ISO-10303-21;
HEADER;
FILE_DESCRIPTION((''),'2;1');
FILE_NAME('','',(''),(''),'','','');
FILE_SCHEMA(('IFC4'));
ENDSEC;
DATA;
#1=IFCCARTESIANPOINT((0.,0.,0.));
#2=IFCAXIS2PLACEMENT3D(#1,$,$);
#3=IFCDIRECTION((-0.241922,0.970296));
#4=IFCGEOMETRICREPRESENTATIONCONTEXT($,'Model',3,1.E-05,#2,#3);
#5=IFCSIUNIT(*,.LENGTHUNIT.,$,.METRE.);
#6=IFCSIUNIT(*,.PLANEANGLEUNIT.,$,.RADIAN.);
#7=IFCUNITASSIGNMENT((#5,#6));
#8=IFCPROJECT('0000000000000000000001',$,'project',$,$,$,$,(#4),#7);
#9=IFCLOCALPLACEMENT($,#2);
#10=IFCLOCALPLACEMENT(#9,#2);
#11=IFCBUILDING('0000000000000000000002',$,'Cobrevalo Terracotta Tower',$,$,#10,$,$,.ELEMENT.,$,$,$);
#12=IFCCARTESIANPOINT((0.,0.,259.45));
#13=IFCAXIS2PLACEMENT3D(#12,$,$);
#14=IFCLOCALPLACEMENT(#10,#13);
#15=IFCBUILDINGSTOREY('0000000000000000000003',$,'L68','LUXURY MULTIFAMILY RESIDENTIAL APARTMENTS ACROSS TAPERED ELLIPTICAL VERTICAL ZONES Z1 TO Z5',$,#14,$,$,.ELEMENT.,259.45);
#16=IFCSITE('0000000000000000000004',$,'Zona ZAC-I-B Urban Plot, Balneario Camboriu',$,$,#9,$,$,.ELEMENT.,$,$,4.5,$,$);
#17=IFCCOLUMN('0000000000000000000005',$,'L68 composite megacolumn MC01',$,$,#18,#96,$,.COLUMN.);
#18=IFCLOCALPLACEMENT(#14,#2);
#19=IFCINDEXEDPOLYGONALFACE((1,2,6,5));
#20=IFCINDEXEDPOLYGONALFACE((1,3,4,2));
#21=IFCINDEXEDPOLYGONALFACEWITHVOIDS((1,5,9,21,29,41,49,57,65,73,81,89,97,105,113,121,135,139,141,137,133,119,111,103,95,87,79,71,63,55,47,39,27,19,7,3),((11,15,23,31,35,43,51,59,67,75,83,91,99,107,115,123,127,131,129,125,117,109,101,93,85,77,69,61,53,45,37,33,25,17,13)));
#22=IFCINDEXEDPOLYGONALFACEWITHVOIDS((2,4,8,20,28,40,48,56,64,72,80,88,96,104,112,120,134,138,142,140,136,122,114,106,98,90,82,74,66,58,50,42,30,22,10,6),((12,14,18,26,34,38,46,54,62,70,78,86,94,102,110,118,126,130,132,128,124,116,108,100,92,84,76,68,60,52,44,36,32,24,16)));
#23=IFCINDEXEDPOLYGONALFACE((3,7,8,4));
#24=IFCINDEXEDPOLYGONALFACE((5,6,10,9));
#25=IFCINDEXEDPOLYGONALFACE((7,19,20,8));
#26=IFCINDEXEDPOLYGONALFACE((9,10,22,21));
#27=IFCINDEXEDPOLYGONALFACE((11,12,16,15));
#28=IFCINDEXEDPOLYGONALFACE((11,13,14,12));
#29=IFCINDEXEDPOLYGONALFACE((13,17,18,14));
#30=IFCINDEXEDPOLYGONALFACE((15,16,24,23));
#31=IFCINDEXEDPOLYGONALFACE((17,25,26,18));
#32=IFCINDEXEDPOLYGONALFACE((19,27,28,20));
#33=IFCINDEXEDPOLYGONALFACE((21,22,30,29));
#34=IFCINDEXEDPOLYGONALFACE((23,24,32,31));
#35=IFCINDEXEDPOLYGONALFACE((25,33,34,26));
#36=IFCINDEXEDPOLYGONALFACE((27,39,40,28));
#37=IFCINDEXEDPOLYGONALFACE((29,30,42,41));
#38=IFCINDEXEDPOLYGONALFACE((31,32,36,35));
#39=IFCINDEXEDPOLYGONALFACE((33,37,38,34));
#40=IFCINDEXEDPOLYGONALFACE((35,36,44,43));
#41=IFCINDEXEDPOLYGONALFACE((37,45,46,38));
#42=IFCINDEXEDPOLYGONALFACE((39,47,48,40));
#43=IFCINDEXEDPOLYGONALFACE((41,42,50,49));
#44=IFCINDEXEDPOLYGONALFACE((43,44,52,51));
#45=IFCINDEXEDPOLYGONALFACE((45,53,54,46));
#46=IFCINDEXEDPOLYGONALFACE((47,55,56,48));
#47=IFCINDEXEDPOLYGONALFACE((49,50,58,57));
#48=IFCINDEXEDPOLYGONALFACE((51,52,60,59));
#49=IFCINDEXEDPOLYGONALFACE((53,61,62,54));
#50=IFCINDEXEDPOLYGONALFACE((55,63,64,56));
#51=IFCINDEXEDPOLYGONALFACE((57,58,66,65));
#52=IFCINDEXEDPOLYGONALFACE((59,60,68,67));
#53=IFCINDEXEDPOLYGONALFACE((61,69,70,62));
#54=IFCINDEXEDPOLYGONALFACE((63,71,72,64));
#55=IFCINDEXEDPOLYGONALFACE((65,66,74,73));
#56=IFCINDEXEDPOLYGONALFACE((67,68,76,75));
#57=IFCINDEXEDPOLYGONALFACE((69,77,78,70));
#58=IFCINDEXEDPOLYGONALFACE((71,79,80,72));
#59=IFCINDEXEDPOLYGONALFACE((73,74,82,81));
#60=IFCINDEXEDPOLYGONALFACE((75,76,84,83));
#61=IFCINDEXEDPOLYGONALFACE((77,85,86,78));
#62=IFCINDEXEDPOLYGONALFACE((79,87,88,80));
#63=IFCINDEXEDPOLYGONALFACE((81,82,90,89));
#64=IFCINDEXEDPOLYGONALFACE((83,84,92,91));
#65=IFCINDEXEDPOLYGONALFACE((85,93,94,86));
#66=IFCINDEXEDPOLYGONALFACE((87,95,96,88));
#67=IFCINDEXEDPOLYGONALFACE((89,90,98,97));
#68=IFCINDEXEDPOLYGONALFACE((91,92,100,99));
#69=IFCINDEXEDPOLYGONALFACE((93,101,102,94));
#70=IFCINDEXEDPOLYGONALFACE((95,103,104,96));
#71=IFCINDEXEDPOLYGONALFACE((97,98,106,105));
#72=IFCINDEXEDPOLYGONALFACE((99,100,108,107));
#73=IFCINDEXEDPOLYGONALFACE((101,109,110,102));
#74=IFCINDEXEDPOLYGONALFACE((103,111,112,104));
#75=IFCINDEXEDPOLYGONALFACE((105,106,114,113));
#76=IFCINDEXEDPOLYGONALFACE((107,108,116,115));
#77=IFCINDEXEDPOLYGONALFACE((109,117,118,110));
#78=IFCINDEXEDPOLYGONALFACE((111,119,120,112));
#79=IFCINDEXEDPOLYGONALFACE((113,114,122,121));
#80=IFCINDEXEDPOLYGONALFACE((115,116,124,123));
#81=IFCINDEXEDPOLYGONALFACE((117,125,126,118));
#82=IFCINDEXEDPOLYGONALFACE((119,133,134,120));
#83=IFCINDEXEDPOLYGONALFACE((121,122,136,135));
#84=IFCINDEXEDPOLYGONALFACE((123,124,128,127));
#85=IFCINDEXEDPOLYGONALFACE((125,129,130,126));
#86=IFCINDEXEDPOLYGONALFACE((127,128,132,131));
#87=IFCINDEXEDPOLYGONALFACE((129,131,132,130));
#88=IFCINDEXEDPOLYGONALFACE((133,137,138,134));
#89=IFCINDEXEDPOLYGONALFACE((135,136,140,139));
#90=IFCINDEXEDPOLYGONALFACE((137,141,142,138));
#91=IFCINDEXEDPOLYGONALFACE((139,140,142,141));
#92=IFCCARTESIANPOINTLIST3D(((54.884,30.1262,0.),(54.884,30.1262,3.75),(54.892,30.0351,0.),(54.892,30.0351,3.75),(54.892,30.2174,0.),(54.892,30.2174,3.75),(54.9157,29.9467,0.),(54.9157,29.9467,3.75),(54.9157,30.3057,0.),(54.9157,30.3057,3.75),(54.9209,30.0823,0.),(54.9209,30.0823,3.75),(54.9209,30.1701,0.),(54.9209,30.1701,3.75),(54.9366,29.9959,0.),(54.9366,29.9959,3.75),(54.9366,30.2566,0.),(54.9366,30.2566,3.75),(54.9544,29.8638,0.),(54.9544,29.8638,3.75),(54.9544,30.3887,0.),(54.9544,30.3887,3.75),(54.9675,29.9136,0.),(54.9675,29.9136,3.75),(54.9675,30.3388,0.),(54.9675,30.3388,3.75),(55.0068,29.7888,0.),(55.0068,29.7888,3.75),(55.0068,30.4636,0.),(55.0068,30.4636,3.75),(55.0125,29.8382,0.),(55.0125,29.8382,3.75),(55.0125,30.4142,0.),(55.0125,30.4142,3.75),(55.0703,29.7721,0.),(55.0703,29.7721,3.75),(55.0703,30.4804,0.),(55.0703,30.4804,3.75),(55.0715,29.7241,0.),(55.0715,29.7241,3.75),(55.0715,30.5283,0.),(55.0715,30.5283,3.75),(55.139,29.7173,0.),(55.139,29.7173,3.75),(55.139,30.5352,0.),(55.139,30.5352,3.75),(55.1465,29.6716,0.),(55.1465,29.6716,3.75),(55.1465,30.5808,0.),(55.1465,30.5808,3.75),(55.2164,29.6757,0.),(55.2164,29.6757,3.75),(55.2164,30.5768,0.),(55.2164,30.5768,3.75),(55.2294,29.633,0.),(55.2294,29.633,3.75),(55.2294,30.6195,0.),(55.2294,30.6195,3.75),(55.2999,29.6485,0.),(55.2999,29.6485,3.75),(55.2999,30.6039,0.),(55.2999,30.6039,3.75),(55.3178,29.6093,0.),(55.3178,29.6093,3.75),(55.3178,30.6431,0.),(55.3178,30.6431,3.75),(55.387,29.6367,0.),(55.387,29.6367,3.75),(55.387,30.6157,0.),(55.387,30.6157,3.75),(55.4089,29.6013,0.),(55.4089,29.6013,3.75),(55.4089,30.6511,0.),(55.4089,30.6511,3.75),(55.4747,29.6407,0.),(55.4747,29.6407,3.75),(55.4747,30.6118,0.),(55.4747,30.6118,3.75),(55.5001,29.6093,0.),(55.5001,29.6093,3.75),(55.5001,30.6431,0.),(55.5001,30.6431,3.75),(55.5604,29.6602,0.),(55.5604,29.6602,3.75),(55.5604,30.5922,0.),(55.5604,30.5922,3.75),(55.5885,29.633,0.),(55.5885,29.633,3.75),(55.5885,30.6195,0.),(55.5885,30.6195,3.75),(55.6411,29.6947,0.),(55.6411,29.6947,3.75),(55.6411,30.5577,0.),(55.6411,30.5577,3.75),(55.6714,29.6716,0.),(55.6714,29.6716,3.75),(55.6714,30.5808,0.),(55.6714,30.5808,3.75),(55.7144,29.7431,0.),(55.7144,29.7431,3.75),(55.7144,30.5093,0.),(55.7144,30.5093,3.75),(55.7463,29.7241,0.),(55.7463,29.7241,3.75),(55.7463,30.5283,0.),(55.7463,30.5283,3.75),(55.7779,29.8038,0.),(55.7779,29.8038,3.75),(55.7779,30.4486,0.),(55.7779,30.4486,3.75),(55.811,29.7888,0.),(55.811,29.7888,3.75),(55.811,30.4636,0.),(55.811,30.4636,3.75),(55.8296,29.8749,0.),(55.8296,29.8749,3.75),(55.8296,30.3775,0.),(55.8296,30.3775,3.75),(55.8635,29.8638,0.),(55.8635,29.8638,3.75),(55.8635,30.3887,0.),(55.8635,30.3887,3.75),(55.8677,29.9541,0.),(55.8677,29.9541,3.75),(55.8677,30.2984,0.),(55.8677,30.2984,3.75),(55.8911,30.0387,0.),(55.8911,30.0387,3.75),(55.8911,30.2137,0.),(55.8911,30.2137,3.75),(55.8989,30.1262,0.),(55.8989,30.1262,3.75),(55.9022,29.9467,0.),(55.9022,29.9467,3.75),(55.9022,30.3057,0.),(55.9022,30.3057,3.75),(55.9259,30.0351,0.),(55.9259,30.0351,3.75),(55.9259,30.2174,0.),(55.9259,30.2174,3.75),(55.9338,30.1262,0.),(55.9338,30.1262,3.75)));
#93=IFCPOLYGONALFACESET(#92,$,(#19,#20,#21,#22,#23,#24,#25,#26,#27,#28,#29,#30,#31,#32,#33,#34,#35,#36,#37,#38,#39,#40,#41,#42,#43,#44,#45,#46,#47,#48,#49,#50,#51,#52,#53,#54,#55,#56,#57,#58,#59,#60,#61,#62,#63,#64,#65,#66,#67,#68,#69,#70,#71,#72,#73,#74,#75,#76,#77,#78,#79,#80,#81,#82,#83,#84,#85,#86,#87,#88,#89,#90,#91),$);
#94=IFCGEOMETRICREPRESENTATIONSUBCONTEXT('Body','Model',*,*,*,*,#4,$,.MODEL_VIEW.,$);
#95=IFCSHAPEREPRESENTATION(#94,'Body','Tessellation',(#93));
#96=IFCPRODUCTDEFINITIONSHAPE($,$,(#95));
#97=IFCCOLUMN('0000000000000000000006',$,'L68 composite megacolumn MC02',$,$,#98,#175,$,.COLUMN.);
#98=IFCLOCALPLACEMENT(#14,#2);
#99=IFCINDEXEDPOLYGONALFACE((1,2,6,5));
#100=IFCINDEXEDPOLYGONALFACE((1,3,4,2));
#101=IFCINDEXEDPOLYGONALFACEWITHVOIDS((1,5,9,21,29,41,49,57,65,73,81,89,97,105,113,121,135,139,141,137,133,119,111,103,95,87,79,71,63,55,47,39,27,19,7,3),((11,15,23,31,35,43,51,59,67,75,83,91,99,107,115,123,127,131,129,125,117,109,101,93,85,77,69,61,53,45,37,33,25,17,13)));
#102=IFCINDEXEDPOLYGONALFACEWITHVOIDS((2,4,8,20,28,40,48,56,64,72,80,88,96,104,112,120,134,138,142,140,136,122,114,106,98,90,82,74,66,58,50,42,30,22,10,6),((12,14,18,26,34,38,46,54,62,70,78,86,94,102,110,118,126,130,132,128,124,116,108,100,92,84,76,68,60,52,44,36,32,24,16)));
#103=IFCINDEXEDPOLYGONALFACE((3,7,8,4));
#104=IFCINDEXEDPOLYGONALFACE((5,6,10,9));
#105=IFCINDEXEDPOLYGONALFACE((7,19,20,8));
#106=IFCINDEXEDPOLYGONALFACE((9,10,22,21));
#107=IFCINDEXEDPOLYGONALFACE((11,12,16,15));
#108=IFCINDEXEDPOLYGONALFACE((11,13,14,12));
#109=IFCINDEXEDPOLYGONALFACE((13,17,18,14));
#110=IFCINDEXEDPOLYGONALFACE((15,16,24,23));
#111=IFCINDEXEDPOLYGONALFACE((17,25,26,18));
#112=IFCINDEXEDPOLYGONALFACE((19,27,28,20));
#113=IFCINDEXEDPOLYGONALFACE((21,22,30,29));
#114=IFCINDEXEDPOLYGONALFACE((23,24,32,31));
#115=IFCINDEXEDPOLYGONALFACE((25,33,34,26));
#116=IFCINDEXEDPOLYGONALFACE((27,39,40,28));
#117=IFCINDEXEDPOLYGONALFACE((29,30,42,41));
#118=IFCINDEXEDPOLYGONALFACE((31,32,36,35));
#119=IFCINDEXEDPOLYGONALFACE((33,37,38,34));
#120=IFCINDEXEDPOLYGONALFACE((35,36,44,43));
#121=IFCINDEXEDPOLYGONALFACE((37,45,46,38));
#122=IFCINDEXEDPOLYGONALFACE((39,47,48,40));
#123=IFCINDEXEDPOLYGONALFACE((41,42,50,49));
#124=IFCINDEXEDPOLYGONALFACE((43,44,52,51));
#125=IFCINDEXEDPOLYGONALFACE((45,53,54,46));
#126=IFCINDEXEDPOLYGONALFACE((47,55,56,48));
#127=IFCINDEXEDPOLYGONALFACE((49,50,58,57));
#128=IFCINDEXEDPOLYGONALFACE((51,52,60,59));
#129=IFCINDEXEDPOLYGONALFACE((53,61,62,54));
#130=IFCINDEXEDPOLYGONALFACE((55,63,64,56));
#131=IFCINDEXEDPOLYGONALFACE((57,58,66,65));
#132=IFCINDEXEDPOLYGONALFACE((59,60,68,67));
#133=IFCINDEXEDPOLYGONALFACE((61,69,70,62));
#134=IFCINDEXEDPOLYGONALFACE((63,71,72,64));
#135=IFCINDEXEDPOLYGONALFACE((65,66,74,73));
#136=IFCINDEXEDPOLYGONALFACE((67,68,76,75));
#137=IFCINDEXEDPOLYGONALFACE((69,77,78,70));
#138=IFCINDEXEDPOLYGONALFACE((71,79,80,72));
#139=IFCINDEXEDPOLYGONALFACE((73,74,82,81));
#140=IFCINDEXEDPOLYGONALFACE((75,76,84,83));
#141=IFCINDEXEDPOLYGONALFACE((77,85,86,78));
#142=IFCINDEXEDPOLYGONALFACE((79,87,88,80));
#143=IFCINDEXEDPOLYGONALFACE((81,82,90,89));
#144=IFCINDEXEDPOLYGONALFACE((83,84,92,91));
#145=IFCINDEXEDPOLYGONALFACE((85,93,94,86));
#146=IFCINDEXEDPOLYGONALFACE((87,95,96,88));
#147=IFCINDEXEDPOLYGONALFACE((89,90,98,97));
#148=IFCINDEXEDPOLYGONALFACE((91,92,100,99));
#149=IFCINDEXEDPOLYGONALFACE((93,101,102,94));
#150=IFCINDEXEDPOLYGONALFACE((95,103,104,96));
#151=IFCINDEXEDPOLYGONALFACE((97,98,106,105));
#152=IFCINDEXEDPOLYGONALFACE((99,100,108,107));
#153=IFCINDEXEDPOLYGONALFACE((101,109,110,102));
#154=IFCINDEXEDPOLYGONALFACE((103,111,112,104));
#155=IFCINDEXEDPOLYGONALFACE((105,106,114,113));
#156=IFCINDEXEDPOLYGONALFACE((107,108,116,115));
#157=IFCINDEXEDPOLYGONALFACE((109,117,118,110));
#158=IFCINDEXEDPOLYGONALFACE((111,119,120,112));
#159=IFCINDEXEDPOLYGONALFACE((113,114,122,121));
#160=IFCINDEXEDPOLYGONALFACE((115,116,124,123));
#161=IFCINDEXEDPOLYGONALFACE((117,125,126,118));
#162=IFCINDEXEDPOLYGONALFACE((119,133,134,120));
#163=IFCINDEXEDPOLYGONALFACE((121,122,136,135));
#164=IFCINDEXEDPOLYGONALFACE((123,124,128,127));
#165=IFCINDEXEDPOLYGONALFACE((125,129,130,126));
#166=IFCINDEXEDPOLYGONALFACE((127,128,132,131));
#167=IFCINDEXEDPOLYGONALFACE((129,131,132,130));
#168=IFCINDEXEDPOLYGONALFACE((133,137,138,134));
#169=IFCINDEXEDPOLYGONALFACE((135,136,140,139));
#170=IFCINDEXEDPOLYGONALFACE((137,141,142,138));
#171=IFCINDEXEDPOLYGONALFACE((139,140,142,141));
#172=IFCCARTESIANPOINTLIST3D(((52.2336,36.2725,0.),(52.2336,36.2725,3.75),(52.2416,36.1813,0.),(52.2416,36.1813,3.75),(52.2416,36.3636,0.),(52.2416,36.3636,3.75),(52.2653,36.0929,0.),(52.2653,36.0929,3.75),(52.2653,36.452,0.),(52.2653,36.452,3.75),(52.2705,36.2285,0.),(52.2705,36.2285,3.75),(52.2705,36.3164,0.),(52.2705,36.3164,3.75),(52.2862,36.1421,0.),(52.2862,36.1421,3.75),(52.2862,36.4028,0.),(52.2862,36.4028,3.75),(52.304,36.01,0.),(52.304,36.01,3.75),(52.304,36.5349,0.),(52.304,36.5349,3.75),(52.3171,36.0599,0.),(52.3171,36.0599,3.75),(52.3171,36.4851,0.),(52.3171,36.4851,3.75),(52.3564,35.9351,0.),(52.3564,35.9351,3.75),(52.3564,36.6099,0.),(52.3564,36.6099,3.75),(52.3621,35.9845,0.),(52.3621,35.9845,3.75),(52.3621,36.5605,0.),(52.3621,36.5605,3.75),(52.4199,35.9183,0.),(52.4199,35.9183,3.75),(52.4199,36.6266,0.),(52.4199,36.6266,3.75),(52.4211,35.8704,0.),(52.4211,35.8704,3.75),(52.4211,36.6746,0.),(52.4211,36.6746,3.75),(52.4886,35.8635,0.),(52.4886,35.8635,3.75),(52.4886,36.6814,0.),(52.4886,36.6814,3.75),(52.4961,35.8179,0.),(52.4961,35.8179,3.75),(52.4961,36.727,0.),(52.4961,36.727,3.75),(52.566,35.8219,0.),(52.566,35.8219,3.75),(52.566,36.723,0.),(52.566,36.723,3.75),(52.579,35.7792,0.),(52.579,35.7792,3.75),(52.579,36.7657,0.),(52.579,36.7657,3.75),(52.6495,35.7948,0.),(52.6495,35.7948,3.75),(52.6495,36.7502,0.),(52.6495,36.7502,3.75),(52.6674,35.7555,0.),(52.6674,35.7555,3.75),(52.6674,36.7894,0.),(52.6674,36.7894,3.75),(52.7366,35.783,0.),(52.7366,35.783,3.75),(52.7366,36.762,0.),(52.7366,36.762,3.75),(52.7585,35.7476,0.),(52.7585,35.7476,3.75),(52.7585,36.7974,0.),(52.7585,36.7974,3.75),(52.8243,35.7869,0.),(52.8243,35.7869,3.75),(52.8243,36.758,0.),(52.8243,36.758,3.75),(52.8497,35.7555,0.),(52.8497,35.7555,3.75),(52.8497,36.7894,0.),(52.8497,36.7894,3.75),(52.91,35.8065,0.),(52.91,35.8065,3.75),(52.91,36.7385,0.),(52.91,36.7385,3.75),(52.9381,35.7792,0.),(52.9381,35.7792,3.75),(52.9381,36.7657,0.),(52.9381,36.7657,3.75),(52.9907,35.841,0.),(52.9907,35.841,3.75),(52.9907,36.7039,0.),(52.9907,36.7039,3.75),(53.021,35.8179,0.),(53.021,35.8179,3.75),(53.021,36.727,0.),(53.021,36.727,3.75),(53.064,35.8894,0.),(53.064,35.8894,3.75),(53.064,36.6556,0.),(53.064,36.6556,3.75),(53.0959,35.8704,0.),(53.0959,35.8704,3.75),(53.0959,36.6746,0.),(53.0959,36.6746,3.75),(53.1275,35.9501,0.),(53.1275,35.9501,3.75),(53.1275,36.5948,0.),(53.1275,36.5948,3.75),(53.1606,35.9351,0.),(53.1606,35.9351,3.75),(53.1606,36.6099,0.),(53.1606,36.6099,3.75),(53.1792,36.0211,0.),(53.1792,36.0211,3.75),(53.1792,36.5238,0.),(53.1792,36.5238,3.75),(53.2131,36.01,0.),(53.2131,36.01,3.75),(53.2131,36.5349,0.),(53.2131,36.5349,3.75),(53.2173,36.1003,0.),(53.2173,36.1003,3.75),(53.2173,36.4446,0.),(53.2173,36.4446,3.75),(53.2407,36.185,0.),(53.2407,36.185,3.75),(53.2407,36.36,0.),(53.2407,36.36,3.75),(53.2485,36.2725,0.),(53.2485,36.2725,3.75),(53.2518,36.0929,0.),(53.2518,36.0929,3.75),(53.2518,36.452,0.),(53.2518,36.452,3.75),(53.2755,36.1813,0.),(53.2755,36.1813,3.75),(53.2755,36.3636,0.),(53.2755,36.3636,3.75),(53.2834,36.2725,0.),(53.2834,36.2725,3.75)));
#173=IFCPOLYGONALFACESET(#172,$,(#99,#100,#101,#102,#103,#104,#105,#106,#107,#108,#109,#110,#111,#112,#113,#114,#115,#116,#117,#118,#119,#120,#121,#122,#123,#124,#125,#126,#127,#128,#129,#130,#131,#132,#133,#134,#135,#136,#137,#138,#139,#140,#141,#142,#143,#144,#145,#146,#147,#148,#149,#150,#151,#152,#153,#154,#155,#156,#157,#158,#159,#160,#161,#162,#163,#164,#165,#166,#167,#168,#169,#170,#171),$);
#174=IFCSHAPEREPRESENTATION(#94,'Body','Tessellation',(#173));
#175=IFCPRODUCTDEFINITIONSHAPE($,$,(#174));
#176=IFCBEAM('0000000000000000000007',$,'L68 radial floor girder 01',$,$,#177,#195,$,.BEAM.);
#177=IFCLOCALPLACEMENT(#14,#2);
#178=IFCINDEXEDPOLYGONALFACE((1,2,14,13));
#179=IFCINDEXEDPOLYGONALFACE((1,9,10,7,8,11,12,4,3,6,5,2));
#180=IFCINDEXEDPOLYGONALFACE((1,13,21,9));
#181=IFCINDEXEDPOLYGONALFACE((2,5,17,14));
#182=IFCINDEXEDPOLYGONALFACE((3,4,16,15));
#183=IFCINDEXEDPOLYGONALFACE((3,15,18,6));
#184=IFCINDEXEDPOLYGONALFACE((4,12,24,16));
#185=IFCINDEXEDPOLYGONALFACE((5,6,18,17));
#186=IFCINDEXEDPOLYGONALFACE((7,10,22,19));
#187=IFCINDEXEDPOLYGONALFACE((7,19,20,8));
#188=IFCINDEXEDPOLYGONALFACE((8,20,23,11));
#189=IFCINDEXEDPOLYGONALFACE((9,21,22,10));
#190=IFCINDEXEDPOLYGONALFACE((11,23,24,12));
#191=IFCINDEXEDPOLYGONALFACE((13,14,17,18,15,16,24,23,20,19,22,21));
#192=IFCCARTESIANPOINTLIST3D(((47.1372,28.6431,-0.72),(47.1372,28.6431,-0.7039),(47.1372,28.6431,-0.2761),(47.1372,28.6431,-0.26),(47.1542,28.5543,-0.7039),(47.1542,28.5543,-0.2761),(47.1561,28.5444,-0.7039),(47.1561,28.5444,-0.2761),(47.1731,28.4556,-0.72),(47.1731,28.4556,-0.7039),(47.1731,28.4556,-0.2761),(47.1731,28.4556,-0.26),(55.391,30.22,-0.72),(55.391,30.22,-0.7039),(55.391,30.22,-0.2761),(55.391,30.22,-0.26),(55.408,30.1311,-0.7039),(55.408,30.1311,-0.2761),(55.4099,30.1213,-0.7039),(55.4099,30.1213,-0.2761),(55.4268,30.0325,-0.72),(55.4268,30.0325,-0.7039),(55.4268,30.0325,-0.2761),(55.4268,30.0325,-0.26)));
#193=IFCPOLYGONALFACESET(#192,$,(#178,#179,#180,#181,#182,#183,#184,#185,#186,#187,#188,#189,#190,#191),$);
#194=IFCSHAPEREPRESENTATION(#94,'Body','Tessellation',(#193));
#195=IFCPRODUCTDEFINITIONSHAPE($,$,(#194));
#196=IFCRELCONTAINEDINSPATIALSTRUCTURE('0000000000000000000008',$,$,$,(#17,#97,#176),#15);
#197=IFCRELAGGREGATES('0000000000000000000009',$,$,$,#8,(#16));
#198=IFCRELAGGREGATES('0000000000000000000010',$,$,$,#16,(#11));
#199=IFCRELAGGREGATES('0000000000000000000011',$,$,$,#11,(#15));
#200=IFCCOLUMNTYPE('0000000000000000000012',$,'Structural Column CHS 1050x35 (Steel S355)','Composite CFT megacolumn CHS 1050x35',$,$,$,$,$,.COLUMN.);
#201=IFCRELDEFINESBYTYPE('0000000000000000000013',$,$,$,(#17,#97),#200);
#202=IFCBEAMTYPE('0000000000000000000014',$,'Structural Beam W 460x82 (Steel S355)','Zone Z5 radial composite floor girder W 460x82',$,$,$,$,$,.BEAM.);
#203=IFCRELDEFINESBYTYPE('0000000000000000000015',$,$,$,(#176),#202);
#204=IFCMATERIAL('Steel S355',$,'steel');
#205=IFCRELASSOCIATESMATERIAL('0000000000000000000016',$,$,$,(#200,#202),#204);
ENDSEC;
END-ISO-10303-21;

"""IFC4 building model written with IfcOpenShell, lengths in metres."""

from ifc_helpers import new_model, si_unit, direction, frame, origin, origin_2d, place, context, subcontext, project, spatial, hollow_circle, i_section, extrude, material, material_profile, profile_set, type_object, element, save


model = new_model("IFC4")

# Units and contexts
model_context = context("Model", 3, precision=1e-05, world=origin(), true_north=direction((-0.241922, 0.970296)))
body_context = subcontext(model_context, "Body", "Model", "MODEL_VIEW")
ifc_project = project(units=[si_unit("LENGTHUNIT", "METRE"), si_unit("PLANEANGLEUNIT", "RADIAN")], contexts=[model_context])

# Site, building, storey
site_placement = place(None, origin())
site = spatial("IfcSite", under=ifc_project, at=site_placement, Name="Zona ZAC-I-B Urban Plot, Balneario Camboriu", CompositionType="ELEMENT", RefElevation=4.5)
building_placement = place(site_placement, origin())
building = spatial("IfcBuilding", under=site, at=building_placement, Name="Cobrevalo Terracotta Tower", CompositionType="ELEMENT")
storey_placement = place(building_placement, frame((0.0, 0.0, 259.45)))
storey = spatial("IfcBuildingStorey", under=building, at=storey_placement, Name="L68", Description="LUXURY MULTIFAMILY RESIDENTIAL APARTMENTS ACROSS TAPERED ELLIPTICAL VERTICAL ZONES Z1 TO Z5", CompositionType="ELEMENT", Elevation=259.45)

# Columns
ifc_material_1 = material(Name="Steel S355", Category="steel")
ifc_material_profile_1 = material_profile(ifc_material_1, hollow_circle(Radius=0.5249, WallThickness=0.0349, at=origin_2d()), Name="CHS 1050x35")
ifc_profile_set_1 = profile_set([ifc_material_profile_1], Name="Steel S355")
column_type = type_object("IfcColumnType", Name="Structural Column CHS 1050x35 (Steel S355)", Description="Composite CFT megacolumn CHS 1050x35", PredefinedType="COLUMN", material=ifc_profile_set_1)
for number, where, z_axis, x_axis, name in (
    (1, (55.4089, 30.1262, 0.0), (0.0, 0.0, 1.0), (1.0, 0.0, 0.0), "L68 composite megacolumn MC01"),
    (2, (52.7585, 36.2725, 0.0), (0.0, 0.0, 1.0), (1.0, 0.0, 0.0), "L68 composite megacolumn MC02"),
):
    element("IfcColumn", number, at=place(storey_placement, frame(where, z_axis=z_axis, x_axis=x_axis)), inside=storey, type_object=column_type, Name=name, PredefinedType="COLUMN", context=body_context, shape_type="SweptSolid", body=[
        extrude(hollow_circle(Radius=0.5249, WallThickness=0.0349, at=origin_2d()), origin(), (0.0, 0.0, 1.0), 3.75),
    ])

# Beam
ifc_material_profile_2 = material_profile(ifc_material_1, i_section(OverallWidth=0.1909, OverallDepth=0.46, WebThickness=0.01, FlangeThickness=0.0161, at=origin_2d()), Name="W 460x82")
ifc_profile_set_2 = profile_set([ifc_material_profile_2], Name="Steel S355")
beam_type_1 = type_object("IfcBeamType", Name="Structural Beam W 460x82 (Steel S355)", Description="Zone Z5 radial composite floor girder W 460x82", PredefinedType="BEAM", material=ifc_profile_set_2)
beam_1_placement = place(storey_placement, frame((55.4089, 30.1262, -0.49), z_axis=(-0.982235, -0.187655, 0.0), x_axis=(0.187655, -0.982235, 0.0)))
element("IfcBeam", 3, at=beam_1_placement, inside=storey, type_object=beam_type_1, Name="L68 radial floor girder 01", PredefinedType="BEAM", context=body_context, shape_type="SweptSolid", body=[
    extrude(i_section(OverallWidth=0.1909, OverallDepth=0.46, WebThickness=0.01, FlangeThickness=0.0161, at=origin_2d()), origin(), (0.0, 0.0, 1.0), 8.4031),
])

save(model, "model.ifc")
